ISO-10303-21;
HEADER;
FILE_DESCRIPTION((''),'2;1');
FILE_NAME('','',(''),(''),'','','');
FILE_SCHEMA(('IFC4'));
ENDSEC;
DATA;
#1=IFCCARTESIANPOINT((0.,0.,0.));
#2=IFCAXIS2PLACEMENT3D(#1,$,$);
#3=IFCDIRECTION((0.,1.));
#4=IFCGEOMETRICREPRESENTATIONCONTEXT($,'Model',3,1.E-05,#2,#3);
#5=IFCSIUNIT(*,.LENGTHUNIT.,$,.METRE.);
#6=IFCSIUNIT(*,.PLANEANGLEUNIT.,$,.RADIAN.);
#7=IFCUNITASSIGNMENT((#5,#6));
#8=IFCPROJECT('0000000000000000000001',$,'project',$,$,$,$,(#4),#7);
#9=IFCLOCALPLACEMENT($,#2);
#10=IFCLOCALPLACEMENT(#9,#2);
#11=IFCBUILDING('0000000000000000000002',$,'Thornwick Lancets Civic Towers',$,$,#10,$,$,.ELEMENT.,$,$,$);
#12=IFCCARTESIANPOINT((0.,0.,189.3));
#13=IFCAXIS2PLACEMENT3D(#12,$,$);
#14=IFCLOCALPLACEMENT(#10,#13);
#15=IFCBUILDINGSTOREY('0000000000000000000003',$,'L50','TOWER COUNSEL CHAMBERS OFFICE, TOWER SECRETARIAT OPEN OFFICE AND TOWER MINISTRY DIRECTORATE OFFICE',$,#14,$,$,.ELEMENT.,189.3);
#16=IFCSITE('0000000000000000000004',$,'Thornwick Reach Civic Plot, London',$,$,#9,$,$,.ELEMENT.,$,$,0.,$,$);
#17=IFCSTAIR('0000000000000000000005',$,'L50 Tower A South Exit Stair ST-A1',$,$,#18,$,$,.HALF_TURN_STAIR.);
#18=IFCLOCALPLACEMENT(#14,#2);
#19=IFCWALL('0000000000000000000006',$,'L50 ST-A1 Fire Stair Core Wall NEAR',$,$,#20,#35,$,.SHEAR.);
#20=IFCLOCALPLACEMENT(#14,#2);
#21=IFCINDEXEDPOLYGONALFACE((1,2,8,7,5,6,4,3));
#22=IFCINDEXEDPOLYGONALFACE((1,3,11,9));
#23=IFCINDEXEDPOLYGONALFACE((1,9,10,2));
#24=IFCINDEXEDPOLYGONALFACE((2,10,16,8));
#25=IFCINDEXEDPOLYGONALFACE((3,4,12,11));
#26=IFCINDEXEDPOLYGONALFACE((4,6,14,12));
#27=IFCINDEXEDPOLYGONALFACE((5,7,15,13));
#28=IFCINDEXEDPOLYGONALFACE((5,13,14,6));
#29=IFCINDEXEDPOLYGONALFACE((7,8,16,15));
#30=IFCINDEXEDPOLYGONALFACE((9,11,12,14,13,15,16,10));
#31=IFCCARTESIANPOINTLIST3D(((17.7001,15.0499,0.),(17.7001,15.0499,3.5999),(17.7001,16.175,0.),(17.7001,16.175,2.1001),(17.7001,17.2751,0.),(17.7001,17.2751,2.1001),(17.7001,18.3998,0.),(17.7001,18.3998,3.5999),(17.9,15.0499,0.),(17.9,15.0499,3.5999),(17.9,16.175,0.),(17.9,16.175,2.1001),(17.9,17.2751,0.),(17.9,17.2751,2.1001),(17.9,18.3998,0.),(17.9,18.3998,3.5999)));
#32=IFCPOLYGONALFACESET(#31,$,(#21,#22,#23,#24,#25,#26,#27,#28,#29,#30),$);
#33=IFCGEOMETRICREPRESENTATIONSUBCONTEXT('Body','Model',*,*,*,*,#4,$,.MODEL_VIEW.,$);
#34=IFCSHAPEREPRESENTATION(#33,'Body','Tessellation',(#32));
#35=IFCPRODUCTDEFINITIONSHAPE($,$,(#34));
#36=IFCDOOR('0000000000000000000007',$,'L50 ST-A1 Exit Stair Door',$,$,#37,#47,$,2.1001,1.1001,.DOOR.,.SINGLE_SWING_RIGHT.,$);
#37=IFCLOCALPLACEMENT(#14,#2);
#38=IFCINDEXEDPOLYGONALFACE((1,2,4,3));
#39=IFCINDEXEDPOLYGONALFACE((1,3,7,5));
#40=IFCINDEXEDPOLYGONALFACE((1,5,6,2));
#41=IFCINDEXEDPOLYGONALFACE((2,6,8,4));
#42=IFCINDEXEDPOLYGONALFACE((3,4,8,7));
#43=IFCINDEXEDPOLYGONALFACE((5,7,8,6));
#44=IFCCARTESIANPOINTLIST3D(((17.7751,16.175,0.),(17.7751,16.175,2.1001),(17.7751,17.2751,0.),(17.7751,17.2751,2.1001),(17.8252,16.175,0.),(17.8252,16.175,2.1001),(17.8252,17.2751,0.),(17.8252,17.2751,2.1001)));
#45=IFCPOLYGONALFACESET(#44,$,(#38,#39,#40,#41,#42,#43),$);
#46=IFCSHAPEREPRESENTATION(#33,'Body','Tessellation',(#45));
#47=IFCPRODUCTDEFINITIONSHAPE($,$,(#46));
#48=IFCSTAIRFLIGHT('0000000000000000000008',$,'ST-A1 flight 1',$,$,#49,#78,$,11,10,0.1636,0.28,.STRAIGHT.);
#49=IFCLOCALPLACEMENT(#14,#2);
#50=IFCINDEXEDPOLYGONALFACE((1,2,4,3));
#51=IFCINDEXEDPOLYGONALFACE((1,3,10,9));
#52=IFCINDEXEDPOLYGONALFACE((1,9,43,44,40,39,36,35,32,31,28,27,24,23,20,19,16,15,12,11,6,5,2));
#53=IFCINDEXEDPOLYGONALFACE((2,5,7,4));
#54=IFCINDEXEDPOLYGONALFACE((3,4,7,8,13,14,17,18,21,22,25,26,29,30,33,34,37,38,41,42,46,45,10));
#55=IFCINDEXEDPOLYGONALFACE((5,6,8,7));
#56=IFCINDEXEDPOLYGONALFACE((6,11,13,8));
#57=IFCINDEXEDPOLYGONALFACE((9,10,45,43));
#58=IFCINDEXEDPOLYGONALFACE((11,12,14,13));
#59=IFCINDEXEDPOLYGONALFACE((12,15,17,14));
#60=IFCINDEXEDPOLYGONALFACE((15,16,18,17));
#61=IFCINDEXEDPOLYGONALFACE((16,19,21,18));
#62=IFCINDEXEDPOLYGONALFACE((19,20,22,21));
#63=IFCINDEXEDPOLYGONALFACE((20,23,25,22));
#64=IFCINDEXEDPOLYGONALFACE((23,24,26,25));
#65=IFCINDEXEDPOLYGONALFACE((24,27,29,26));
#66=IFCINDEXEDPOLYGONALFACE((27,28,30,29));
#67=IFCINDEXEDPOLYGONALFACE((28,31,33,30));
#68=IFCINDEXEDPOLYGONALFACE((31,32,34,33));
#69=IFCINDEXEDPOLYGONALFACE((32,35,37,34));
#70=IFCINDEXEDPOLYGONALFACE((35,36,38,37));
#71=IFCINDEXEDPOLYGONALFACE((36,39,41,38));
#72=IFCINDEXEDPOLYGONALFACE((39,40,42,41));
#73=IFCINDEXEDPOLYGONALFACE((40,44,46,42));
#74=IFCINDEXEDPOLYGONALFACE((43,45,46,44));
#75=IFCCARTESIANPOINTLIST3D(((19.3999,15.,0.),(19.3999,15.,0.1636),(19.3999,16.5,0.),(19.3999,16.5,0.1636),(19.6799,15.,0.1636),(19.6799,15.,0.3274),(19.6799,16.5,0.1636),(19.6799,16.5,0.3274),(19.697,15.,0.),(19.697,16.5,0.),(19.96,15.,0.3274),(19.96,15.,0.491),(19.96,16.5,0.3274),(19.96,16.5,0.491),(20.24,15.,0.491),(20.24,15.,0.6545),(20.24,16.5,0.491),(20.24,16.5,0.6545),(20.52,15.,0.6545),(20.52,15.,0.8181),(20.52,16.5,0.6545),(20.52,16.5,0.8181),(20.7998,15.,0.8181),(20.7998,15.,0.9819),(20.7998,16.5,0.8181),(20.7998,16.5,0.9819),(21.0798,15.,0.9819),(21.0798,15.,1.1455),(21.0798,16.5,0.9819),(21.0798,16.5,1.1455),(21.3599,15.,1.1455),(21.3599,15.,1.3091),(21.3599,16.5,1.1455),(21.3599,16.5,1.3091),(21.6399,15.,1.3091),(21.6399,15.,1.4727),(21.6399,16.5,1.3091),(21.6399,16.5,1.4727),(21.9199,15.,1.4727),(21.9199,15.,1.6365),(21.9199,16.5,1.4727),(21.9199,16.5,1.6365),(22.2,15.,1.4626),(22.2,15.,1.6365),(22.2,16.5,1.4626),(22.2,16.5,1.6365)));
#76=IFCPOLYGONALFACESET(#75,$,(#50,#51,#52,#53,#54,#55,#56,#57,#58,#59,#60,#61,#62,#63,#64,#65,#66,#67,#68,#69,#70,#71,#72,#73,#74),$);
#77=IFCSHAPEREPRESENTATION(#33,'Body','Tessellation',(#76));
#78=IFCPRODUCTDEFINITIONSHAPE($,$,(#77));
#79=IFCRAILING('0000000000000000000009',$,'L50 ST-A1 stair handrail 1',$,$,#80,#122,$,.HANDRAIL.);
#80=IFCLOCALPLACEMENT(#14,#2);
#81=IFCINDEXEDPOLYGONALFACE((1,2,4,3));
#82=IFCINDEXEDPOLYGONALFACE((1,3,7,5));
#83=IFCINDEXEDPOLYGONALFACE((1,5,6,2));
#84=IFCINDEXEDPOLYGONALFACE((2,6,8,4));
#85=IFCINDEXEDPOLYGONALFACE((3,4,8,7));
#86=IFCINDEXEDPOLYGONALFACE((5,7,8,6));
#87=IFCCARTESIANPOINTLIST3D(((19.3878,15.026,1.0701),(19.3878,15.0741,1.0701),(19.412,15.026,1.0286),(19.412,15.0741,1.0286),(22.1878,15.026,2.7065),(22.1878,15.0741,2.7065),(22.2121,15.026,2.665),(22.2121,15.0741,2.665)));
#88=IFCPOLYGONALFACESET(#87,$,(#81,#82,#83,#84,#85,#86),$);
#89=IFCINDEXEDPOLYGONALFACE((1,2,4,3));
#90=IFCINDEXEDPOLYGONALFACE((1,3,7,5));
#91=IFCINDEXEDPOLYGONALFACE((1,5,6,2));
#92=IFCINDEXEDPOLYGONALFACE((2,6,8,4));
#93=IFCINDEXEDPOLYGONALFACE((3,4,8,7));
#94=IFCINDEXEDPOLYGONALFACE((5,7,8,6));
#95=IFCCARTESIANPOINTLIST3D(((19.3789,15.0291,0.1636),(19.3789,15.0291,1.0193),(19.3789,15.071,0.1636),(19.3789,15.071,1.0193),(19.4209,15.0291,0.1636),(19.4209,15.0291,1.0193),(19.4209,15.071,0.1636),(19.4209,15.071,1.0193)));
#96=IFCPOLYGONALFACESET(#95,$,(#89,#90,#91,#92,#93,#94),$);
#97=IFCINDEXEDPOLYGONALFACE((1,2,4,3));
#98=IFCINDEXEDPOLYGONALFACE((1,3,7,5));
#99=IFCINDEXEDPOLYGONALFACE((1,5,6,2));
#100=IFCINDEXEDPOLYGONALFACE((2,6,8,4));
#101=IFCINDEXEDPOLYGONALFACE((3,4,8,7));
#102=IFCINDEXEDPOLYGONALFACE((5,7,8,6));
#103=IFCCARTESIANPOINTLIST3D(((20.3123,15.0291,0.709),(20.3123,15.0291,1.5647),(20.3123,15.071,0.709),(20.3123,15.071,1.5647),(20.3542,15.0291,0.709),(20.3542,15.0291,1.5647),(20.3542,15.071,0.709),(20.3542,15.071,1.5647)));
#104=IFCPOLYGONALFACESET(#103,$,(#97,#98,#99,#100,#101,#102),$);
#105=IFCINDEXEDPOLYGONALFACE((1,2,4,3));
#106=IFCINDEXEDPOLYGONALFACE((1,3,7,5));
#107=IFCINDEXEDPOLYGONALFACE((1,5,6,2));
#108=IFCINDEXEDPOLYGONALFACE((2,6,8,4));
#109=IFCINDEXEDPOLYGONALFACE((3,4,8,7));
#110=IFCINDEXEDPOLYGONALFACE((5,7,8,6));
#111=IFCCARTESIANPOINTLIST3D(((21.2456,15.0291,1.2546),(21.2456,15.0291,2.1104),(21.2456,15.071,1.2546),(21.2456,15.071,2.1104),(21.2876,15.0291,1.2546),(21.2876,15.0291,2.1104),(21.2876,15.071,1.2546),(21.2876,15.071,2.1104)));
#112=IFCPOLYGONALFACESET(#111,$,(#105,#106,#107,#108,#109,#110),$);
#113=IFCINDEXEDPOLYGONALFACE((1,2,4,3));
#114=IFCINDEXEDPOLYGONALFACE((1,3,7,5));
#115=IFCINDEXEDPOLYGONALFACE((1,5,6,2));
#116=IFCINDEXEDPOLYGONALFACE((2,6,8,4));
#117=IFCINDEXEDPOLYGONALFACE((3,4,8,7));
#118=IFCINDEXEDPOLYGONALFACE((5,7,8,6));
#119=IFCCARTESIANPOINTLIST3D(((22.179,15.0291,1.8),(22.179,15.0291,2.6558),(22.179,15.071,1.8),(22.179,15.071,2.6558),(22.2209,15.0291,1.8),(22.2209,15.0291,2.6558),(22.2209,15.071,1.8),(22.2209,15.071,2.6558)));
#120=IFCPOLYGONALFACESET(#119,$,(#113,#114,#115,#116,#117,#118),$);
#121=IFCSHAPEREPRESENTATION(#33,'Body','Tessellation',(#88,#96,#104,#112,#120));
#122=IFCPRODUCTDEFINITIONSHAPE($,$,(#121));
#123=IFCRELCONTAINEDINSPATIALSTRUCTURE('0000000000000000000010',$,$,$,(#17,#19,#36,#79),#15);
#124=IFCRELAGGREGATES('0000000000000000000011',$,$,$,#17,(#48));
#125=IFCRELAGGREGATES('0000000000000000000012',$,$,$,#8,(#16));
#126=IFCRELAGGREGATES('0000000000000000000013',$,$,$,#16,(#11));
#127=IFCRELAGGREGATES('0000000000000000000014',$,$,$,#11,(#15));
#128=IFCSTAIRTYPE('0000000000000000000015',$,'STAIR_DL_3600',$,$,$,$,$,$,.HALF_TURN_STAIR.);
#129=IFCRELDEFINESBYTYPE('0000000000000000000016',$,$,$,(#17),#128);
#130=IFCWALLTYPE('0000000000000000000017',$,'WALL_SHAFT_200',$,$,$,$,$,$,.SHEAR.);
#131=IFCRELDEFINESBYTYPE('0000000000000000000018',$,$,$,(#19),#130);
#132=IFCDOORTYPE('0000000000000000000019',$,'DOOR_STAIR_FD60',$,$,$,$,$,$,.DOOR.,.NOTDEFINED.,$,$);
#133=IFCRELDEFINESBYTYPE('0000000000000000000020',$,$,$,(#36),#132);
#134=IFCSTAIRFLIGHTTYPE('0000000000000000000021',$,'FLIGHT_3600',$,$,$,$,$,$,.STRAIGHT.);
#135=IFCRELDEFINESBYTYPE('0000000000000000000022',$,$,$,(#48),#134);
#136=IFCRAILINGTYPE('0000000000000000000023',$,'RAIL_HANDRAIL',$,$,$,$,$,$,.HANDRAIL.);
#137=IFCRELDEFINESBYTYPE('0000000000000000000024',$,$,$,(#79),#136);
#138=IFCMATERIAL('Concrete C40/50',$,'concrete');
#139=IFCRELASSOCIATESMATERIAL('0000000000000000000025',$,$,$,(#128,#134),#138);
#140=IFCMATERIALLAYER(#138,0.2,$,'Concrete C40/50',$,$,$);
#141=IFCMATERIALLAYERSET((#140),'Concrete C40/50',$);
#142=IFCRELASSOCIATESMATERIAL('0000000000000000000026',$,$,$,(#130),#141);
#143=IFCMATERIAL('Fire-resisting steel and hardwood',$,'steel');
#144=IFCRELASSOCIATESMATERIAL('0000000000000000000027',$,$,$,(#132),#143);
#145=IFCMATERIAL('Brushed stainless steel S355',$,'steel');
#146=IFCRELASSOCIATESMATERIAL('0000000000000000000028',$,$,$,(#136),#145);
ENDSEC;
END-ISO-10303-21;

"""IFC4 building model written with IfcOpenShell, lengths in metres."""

from ifc_helpers import new_model, si_unit, direction, frame, frame_2d, origin, origin_2d, place, context, subcontext, project, spatial, polyline, rectangle, outline, extrude, material, layer, layer_set, type_object, element, fill, aggregate, save


model = new_model("IFC4")

# Units and contexts
model_context = context("Model", 3, precision=1e-05, world=origin(), true_north=direction((0.0, 1.0)))
body_context = subcontext(model_context, "Body", "Model", "MODEL_VIEW")
ifc_project = project(units=[si_unit("LENGTHUNIT", "METRE"), si_unit("PLANEANGLEUNIT", "RADIAN")], contexts=[model_context])

# Site, building, storey
site_placement = place(None, origin())
site = spatial("IfcSite", under=ifc_project, at=site_placement, Name="Thornwick Reach Civic Plot, London", CompositionType="ELEMENT", RefElevation=0.0)
building_placement = place(site_placement, origin())
building = spatial("IfcBuilding", under=site, at=building_placement, Name="Thornwick Lancets Civic Towers", CompositionType="ELEMENT")
storey_placement = place(building_placement, frame((0.0, 0.0, 189.3)))
storey = spatial("IfcBuildingStorey", under=building, at=storey_placement, Name="L50", Description="TOWER COUNSEL CHAMBERS OFFICE, TOWER SECRETARIAT OPEN OFFICE AND TOWER MINISTRY DIRECTORATE OFFICE", CompositionType="ELEMENT", Elevation=189.3)

# Stair
ifc_material_1 = material(Name="Concrete C40/50", Category="concrete")
stair_type = type_object("IfcStairType", Name="STAIR_DL_3600", PredefinedType="HALF_TURN_STAIR", material=ifc_material_1)
stair_1_placement = place(storey_placement, origin())
stair_1 = element("IfcStair", 1, at=stair_1_placement, inside=storey, type_object=stair_type, Name="L50 Tower A South Exit Stair ST-A1", PredefinedType="HALF_TURN_STAIR")

# Wall, opening, door
ifc_layer_1 = layer(ifc_material_1, 0.2, Name="Concrete C40/50")
ifc_layer_set_1 = layer_set([ifc_layer_1], Name="Concrete C40/50")
wall_type_1 = type_object("IfcWallType", Name="WALL_SHAFT_200", PredefinedType="SHEAR", material=ifc_layer_set_1)
wall_1_placement = place(storey_placement, frame((17.8, 15.05, 0.0), z_axis=(0.0, 0.0, 1.0), x_axis=(0.0, 1.0, 0.0)))
wall_1 = element("IfcWall", 2, at=wall_1_placement, inside=storey, type_object=wall_type_1, Name="L50 ST-A1 Fire Stair Core Wall NEAR", PredefinedType="SHEAR", context=body_context, shape_type="SweptSolid", body=[
    extrude(rectangle(XDim=3.3499, YDim=0.2, at=frame_2d((1.6748, 0.0))), origin(), (0.0, 0.0, 1.0), 3.5999),
])
opening_1_placement = place(wall_1_placement, frame((1.125, 0.0, 0.0)))
opening_1 = element("IfcOpeningElement", 3, at=opening_1_placement, cuts=wall_1, PredefinedType="OPENING", context=body_context, shape_type="SweptSolid", body=[
    extrude(rectangle(XDim=1.1001, YDim=2.1001, at=frame_2d((0.55, 1.05))), frame((0.0, 0.1099, 0.0), z_axis=(0.0, -1.0, 0.0), x_axis=(1.0, 0.0, 0.0)), (0.0, 0.0, 1.0), 0.22),
])
ifc_material_2 = material(Name="Fire-resisting steel and hardwood", Category="steel")
door_type = type_object("IfcDoorType", Name="DOOR_STAIR_FD60", OperationType="NOTDEFINED", PredefinedType="DOOR", material=ifc_material_2)
door_placement = place(opening_1_placement, origin())
door = element("IfcDoor", 4, at=door_placement, inside=storey, type_object=door_type, Name="L50 ST-A1 Exit Stair Door", OperationType="SINGLE_SWING_RIGHT", OverallHeight=2.1001, OverallWidth=1.1001, PredefinedType="DOOR", context=body_context, shape_type="SweptSolid", body=[
    extrude(rectangle(XDim=1.1001, YDim=2.1001, at=frame_2d((0.55, 1.05))), frame((0.0, 0.0249, 0.0), z_axis=(0.0, -1.0, 0.0), x_axis=(1.0, 0.0, 0.0)), (0.0, 0.0, 1.0), 0.05),
])
fill(opening_1, door)

# Stair flight
stair_flight_type = type_object("IfcStairFlightType", Name="FLIGHT_3600", PredefinedType="STRAIGHT", material=ifc_material_1)
stair_flight_placement = place(storey_placement, frame((19.3999, 15.75, 0.0), z_axis=(0.0, 0.0, 1.0), x_axis=(1.0, 0.0, 0.0)))
stair_flight = element("IfcStairFlight", 5, at=stair_flight_placement, type_object=stair_flight_type, Name="ST-A1 flight 1", NumberOfRisers=11, NumberOfTreads=10, PredefinedType="STRAIGHT", RiserHeight=0.1636, TreadLength=0.28, context=body_context, shape_type="SweptSolid", body=[
    extrude(outline(polyline([(0.0, 0.0), (0.0, 0.1636), (0.28, 0.1636), (0.28, 0.3274), (0.5601, 0.3274), (0.5601, 0.491), (0.8401, 0.491), (0.8401, 0.6545), (1.1201, 0.6545), (1.1201, 0.8181), (1.3999, 0.8181), (1.3999, 0.9819), (1.6799, 0.9819), (1.6799, 1.1455), (1.96, 1.1455), (1.96, 1.3091), (2.24, 1.3091), (2.24, 1.4727), (2.52, 1.4727), (2.52, 1.6365), (2.8, 1.6365), (2.8, 1.8), (2.8, 1.4626), (0.2971, 0.0), (0.0, 0.0)])), frame((0.0, 0.75, 0.0), z_axis=(0.0, -1.0, 0.0), x_axis=(1.0, 0.0, 0.0)), (0.0, 0.0, 1.0), 1.5),
])
aggregate(stair_1, [stair_flight])

# Railing
ifc_material_3 = material(Name="Brushed stainless steel S355", Category="steel")
railing_type = type_object("IfcRailingType", Name="RAIL_HANDRAIL", PredefinedType="HANDRAIL", material=ifc_material_3)
railing_placement = place(storey_placement, frame((19.3999, 15.05, 0.1636)))
element("IfcRailing", 6, at=railing_placement, inside=storey, type_object=railing_type, Name="L50 ST-A1 stair handrail 1", PredefinedType="HANDRAIL", context=body_context, shape_type="SweptSolid", body=[
    extrude(rectangle(XDim=0.0481, YDim=0.0481, at=origin_2d()), frame((0.0, 0.0, 0.8857), z_axis=(0.863361, 0.0, 0.504587), x_axis=(0.0, 1.0, 0.0)), (0.0, 0.0, 1.0), 3.2432),
    extrude(rectangle(XDim=0.042, YDim=0.042, at=origin_2d()), origin(), (0.0, 0.0, 1.0), 0.8557),
    extrude(rectangle(XDim=0.042, YDim=0.042, at=origin_2d()), frame((0.9333, 0.0, 0.5454)), (0.0, 0.0, 1.0), 0.8557),
    extrude(rectangle(XDim=0.042, YDim=0.042, at=origin_2d()), frame((1.8667, 0.0, 1.0911)), (0.0, 0.0, 1.0), 0.8557),
    extrude(rectangle(XDim=0.042, YDim=0.042, at=origin_2d()), frame((2.8, 0.0, 1.6365)), (0.0, 0.0, 1.0), 0.8557),
])

save(model, "model.ifc")
